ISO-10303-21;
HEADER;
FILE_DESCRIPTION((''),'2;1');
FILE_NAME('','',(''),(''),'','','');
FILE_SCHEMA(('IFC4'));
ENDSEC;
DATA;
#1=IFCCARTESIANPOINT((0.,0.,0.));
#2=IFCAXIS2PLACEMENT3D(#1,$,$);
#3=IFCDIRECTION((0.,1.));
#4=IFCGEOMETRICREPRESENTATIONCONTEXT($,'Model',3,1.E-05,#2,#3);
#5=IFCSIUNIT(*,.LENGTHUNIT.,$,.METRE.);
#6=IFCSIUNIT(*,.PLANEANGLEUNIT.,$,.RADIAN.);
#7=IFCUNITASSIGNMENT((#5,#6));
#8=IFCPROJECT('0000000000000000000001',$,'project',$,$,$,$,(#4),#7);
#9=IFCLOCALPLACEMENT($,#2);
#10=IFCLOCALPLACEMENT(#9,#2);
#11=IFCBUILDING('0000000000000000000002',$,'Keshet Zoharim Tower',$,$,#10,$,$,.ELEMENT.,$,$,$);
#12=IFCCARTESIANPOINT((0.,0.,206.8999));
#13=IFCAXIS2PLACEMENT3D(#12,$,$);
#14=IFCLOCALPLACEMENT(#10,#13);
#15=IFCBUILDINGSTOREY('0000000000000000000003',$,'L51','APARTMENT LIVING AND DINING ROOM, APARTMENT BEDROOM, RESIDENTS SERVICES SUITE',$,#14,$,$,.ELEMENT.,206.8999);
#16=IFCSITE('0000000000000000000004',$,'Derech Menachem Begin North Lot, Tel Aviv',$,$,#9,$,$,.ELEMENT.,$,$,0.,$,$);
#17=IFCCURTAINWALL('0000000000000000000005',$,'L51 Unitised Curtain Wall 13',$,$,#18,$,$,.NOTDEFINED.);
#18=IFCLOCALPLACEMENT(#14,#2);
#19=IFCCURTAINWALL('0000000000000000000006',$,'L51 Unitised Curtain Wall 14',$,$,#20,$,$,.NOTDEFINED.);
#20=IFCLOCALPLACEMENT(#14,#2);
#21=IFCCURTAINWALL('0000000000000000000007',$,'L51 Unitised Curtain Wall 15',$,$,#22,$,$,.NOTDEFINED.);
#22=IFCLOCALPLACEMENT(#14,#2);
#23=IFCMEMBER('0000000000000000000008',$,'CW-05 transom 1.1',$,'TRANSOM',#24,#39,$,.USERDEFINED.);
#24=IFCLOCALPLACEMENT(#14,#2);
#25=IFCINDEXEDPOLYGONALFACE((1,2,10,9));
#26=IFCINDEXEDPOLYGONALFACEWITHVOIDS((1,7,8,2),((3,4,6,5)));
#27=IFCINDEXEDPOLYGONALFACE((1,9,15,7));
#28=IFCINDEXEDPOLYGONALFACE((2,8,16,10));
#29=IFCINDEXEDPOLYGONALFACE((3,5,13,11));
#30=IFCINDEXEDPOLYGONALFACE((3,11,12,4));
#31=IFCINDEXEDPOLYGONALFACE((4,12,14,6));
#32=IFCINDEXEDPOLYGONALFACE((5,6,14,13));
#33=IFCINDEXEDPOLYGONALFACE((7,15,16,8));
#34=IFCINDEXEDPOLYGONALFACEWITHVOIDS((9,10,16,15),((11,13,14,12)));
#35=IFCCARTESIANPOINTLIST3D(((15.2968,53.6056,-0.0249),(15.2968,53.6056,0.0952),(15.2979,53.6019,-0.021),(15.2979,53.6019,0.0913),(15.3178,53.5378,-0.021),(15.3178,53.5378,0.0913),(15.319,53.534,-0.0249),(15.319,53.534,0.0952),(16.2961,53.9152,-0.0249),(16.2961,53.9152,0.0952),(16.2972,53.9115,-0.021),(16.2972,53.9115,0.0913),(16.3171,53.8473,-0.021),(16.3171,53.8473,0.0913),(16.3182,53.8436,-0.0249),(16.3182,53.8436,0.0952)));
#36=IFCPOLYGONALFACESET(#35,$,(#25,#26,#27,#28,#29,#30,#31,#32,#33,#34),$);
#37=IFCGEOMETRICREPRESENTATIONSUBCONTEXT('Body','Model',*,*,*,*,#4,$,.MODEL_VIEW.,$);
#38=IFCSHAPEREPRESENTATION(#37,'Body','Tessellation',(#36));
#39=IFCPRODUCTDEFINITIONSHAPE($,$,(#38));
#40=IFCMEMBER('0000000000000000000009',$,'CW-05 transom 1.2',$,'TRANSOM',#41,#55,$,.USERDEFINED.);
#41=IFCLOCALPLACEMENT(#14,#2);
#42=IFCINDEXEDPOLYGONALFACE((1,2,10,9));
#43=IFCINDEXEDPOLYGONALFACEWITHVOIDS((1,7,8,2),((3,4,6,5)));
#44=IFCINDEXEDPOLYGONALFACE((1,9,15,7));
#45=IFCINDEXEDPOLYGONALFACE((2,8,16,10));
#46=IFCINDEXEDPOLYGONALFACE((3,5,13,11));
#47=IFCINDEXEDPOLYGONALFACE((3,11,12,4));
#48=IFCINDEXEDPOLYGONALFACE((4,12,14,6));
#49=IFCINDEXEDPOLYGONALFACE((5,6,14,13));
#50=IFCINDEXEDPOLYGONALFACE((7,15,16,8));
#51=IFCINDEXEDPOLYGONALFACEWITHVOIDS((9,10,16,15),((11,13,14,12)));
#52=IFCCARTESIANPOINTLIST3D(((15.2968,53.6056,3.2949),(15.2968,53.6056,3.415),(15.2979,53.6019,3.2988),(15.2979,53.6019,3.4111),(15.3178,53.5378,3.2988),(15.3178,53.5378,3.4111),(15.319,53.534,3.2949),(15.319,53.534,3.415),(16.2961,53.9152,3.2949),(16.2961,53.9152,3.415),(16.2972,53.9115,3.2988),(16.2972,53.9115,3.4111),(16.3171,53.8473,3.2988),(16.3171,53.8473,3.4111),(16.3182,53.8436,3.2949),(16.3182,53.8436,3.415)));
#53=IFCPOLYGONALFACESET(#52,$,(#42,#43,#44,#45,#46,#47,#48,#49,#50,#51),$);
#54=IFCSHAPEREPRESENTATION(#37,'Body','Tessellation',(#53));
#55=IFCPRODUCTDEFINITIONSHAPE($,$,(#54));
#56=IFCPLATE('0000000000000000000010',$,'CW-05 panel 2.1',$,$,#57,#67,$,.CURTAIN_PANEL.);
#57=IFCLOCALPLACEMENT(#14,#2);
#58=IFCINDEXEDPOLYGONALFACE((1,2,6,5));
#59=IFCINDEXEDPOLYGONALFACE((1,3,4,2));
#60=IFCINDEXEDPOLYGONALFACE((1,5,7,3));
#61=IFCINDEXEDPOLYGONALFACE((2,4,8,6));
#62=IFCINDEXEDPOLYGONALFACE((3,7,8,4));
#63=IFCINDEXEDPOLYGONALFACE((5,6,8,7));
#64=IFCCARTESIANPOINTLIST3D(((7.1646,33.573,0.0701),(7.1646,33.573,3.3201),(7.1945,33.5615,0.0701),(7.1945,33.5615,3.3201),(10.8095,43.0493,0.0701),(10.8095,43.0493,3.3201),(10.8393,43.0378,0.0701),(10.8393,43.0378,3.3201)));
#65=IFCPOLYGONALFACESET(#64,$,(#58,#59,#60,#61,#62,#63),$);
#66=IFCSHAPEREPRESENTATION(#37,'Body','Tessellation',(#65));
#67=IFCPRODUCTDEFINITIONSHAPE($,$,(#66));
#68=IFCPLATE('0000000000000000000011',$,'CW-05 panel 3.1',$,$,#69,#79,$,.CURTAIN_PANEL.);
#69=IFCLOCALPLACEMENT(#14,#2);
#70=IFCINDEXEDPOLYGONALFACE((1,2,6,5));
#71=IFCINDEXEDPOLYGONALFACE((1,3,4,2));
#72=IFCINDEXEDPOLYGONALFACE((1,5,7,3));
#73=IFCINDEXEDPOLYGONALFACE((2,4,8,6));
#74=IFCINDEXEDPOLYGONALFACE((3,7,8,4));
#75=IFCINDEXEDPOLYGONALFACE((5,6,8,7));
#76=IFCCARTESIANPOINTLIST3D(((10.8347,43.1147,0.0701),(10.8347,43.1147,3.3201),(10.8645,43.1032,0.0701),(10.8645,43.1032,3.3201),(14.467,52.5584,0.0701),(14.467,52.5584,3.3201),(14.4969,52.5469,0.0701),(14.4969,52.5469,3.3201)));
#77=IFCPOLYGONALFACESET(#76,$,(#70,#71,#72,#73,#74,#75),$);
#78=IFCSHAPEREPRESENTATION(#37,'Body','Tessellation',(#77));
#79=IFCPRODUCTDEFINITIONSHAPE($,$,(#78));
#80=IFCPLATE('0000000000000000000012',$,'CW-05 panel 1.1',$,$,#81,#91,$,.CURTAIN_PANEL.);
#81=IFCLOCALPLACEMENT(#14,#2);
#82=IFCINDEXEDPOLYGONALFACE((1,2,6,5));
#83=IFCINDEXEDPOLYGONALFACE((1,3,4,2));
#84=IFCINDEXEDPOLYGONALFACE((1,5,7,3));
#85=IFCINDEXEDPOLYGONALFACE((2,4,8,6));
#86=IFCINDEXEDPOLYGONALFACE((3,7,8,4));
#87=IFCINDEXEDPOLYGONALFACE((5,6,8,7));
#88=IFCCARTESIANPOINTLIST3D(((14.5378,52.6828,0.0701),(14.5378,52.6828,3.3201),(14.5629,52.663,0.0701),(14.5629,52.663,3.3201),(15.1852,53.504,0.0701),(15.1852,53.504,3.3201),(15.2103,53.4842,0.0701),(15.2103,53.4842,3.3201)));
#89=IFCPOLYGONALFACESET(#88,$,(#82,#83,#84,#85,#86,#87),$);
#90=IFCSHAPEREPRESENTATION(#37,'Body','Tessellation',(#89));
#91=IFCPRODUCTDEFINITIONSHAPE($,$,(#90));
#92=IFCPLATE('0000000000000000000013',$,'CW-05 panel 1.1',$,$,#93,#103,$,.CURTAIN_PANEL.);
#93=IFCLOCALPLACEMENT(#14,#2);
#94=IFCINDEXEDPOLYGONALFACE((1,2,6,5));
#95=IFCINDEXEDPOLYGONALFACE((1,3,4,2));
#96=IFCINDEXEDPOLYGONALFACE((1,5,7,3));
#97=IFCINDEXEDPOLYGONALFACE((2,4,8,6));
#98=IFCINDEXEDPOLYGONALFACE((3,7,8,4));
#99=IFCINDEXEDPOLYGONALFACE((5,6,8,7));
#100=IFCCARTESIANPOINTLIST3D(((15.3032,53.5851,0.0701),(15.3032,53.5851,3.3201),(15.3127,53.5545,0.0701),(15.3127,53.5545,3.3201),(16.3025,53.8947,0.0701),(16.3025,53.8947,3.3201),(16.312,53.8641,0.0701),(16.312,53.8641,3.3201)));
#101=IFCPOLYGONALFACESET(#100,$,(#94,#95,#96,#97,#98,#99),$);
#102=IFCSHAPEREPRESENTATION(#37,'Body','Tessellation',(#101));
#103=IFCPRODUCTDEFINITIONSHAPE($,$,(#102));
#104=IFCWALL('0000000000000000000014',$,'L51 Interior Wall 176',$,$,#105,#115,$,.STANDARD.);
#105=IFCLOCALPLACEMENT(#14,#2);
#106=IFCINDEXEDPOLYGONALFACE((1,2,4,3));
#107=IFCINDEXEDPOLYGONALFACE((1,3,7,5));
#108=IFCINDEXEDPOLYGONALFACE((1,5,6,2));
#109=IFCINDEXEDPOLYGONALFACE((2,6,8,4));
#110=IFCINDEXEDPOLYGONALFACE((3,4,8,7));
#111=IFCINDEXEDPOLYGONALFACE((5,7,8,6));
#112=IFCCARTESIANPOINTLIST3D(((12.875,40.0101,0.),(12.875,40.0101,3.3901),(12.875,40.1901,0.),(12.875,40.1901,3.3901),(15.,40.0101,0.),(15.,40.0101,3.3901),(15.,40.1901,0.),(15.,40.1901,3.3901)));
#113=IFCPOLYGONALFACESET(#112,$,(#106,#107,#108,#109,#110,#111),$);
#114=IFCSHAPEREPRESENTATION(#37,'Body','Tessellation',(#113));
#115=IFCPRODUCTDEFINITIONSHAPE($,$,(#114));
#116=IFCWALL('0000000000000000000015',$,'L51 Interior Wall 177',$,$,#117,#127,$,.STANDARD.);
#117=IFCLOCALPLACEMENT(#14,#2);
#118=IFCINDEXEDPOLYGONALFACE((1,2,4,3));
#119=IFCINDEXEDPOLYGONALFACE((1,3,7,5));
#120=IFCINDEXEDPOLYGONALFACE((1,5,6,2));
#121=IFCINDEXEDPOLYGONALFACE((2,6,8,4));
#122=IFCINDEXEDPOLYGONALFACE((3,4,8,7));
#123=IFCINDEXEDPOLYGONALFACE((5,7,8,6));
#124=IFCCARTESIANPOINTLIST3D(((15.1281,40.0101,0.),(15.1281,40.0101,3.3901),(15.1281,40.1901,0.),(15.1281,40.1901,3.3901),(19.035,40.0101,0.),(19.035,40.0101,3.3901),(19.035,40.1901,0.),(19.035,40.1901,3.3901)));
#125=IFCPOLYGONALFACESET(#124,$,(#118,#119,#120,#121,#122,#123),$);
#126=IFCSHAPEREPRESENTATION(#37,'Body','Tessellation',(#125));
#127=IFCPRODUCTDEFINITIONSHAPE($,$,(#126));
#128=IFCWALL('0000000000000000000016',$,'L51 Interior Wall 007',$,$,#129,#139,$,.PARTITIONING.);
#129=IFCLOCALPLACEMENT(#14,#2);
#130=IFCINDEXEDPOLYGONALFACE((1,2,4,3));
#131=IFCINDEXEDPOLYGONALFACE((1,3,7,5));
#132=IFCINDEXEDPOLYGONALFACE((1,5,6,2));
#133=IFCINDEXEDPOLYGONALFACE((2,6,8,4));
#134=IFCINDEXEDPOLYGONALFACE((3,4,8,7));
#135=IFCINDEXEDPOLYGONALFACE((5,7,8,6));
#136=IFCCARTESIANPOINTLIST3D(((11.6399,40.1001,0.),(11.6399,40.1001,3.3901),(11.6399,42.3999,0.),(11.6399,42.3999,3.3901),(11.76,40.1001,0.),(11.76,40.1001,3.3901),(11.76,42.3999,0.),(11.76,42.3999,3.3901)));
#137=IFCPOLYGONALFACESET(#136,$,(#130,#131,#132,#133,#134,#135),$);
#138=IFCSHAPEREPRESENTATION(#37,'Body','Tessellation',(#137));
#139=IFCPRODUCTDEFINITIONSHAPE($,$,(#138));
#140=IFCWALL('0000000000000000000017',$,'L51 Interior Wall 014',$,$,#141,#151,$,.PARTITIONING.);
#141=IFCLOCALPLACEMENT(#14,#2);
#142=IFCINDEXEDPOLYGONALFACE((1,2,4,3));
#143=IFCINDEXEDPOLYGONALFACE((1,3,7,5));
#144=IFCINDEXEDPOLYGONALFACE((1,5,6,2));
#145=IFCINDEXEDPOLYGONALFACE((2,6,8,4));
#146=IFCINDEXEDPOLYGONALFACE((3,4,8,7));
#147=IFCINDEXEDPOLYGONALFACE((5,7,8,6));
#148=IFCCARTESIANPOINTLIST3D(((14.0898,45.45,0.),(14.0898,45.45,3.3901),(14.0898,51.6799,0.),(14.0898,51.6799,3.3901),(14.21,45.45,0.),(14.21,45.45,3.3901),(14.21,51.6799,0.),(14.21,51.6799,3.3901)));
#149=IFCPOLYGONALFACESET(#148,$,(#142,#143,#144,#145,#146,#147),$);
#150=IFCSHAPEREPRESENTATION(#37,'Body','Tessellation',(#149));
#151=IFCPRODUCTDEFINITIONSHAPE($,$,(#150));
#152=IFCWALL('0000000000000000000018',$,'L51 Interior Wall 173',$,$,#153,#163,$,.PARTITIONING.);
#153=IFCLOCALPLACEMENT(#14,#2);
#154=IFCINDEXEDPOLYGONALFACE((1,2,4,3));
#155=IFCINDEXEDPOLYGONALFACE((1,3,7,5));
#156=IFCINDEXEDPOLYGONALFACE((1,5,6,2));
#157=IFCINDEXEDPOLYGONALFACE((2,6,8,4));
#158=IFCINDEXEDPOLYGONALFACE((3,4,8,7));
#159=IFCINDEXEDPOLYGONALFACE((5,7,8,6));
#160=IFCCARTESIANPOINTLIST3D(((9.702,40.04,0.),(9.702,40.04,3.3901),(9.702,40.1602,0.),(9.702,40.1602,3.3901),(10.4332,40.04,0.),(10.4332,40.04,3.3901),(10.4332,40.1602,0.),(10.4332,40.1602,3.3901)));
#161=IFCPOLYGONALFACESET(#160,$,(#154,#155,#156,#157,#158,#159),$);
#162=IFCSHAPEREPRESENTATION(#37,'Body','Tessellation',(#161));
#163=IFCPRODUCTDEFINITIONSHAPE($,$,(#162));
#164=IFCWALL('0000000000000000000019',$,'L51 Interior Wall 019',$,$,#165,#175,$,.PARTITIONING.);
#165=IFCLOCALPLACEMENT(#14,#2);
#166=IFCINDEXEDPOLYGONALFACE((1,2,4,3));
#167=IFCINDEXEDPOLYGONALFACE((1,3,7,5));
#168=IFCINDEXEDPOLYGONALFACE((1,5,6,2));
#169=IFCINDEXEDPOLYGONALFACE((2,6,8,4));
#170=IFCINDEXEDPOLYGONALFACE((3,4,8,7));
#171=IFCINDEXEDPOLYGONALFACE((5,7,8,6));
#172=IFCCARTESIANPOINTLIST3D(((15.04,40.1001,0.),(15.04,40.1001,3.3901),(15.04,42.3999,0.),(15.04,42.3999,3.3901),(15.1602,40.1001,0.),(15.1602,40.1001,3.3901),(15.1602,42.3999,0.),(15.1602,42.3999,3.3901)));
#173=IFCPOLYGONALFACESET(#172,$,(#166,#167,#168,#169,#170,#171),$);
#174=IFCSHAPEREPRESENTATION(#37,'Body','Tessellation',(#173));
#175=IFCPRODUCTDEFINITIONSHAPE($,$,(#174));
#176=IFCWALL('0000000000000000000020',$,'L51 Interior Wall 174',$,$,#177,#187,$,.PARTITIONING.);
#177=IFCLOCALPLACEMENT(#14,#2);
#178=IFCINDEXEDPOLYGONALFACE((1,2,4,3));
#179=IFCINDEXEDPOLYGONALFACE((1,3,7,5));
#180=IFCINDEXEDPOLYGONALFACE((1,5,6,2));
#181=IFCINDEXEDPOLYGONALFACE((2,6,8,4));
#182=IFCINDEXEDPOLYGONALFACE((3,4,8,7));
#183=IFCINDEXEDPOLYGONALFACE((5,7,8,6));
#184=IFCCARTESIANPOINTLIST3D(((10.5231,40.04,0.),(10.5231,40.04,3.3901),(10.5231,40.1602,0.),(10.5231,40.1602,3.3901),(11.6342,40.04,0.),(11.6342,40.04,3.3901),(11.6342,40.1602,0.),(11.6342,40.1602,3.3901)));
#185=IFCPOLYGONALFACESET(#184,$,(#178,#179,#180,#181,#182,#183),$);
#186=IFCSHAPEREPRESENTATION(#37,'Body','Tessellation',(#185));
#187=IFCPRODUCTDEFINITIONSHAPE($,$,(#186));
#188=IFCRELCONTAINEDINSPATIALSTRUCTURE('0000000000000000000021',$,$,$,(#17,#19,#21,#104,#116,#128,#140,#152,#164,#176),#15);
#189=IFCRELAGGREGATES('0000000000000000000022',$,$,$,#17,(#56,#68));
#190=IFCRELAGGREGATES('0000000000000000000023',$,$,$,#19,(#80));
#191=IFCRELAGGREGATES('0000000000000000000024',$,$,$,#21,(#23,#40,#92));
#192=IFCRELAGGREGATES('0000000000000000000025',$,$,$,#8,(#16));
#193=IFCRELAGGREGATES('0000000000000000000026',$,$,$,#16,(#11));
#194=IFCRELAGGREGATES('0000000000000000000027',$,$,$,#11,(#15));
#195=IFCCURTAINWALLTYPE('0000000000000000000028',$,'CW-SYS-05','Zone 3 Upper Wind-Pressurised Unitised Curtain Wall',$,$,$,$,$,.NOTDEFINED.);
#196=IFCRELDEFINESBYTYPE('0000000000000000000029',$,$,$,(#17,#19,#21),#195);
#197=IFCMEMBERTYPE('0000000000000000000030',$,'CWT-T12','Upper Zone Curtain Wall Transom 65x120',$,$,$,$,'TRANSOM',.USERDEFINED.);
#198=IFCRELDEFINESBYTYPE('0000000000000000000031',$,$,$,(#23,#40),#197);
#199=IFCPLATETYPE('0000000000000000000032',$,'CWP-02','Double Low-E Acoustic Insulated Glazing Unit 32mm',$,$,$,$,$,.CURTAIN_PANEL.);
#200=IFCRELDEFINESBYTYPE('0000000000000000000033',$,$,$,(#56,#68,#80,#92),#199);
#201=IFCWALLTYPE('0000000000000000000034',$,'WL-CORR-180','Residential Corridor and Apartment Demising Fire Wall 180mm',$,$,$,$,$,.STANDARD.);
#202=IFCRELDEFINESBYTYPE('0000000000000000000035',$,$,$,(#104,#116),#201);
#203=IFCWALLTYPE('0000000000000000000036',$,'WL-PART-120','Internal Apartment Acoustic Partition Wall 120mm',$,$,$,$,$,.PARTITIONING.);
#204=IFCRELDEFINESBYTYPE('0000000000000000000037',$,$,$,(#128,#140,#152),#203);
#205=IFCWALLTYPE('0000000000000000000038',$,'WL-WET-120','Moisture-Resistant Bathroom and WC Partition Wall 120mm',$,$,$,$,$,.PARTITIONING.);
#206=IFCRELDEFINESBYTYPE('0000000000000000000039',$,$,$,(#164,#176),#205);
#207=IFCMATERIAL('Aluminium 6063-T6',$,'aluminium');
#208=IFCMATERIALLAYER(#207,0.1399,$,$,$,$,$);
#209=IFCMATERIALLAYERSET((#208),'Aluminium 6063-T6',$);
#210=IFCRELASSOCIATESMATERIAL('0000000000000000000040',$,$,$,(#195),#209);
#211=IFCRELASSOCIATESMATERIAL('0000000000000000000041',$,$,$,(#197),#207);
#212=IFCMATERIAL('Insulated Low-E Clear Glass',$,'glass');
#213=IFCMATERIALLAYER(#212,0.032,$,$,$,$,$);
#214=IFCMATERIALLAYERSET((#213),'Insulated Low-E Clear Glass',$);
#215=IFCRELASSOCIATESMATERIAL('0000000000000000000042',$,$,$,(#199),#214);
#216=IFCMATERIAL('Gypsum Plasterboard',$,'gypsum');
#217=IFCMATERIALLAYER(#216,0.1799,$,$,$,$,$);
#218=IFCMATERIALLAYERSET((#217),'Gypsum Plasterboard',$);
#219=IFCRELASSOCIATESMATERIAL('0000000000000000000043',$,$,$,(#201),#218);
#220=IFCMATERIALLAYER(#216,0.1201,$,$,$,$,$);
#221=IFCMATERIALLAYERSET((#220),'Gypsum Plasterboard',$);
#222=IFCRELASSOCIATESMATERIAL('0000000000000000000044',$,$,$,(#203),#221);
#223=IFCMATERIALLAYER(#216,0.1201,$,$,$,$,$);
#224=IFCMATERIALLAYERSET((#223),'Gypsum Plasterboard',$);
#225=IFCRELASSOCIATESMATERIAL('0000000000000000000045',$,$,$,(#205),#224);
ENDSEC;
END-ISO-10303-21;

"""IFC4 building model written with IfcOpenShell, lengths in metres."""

from ifc_helpers import new_model, si_unit, direction, frame, frame_2d, origin, origin_2d, place, context, subcontext, project, spatial, rectangle, hollow_rectangle, extrude, material, layer, layer_set, material_profile, profile_set, type_object, element, aggregate, save


model = new_model("IFC4")

# Units and contexts
model_context = context("Model", 3, precision=1e-05, world=origin(), true_north=direction((0.0, 1.0)))
body_context = subcontext(model_context, "Body", "Model", "MODEL_VIEW")
ifc_project = project(units=[si_unit("LENGTHUNIT", "METRE"), si_unit("PLANEANGLEUNIT", "RADIAN")], contexts=[model_context])

# Site, building, storey
site_placement = place(None, origin())
site = spatial("IfcSite", under=ifc_project, at=site_placement, Name="Derech Menachem Begin North Lot, Tel Aviv", CompositionType="ELEMENT", RefElevation=0.0)
building_placement = place(site_placement, origin())
building = spatial("IfcBuilding", under=site, at=building_placement, Name="Keshet Zoharim Tower", CompositionType="ELEMENT")
storey_placement = place(building_placement, frame((0.0, 0.0, 206.8999)))
storey = spatial("IfcBuildingStorey", under=building, at=storey_placement, Name="L51", Description="APARTMENT LIVING AND DINING ROOM, APARTMENT BEDROOM, RESIDENTS SERVICES SUITE", CompositionType="ELEMENT", Elevation=206.8999)

# Curtain walls
ifc_material_1 = material(Name="Aluminium 6063-T6", Category="aluminium")
ifc_layer_1 = layer(ifc_material_1, 0.1399)
ifc_layer_set_1 = layer_set([ifc_layer_1], Name="Aluminium 6063-T6")
curtain_wall_type = type_object("IfcCurtainWallType", Name="CW-SYS-05", Description="Zone 3 Upper Wind-Pressurised Unitised Curtain Wall", PredefinedType="NOTDEFINED", material=ifc_layer_set_1)
curtain_wall_1_placement = place(storey_placement, origin())
curtain_wall_1 = element("IfcCurtainWall", 1, at=curtain_wall_1_placement, inside=storey, type_object=curtain_wall_type, Name="L51 Unitised Curtain Wall 13", PredefinedType="NOTDEFINED")
curtain_wall_2_placement = place(storey_placement, origin())
curtain_wall_2 = element("IfcCurtainWall", 2, at=curtain_wall_2_placement, inside=storey, type_object=curtain_wall_type, Name="L51 Unitised Curtain Wall 14", PredefinedType="NOTDEFINED")
curtain_wall_3_placement = place(storey_placement, origin())
curtain_wall_3 = element("IfcCurtainWall", 3, at=curtain_wall_3_placement, inside=storey, type_object=curtain_wall_type, Name="L51 Unitised Curtain Wall 15", PredefinedType="NOTDEFINED")

# Members
ifc_material_profile_1 = material_profile(ifc_material_1, hollow_rectangle(XDim=0.075, YDim=0.1201, WallThickness=0.0039, at=origin_2d()), Name="TRN-75x120")
ifc_profile_set_1 = profile_set([ifc_material_profile_1], Name="Aluminium 6063-T6")
member_type_1 = type_object("IfcMemberType", Name="CWT-T12", Description="Upper Zone Curtain Wall Transom 65x120", ElementType="TRANSOM", PredefinedType="USERDEFINED", material=ifc_profile_set_1)
member_1_placement = place(storey_placement, frame((15.3079, 53.5698, 0.0352), z_axis=(0.955212, 0.295922, 0.0), x_axis=(-0.295922, 0.955212, 0.0)))
member_1 = element("IfcMember", 4, at=member_1_placement, type_object=member_type_1, Name="CW-05 transom 1.1", ObjectType="TRANSOM", PredefinedType="USERDEFINED", context=body_context, shape_type="SweptSolid", body=[
    extrude(hollow_rectangle(XDim=0.075, YDim=0.1201, WallThickness=0.0039, at=origin_2d()), origin(), (0.0, 0.0, 1.0), 1.0461),
])
member_2_placement = place(storey_placement, frame((15.3079, 53.5698, 3.355), z_axis=(0.955212, 0.295922, 0.0), x_axis=(-0.295922, 0.955212, 0.0)))
member_2 = element("IfcMember", 5, at=member_2_placement, type_object=member_type_1, Name="CW-05 transom 1.2", ObjectType="TRANSOM", PredefinedType="USERDEFINED", context=body_context, shape_type="SweptSolid", body=[
    extrude(hollow_rectangle(XDim=0.075, YDim=0.1201, WallThickness=0.0039, at=origin_2d()), origin(), (0.0, 0.0, 1.0), 1.0461),
])

# Plates
ifc_material_2 = material(Name="Insulated Low-E Clear Glass", Category="glass")
ifc_layer_2 = layer(ifc_material_2, 0.032)
ifc_layer_set_2 = layer_set([ifc_layer_2], Name="Insulated Low-E Clear Glass")
plate_type = type_object("IfcPlateType", Name="CWP-02", Description="Double Low-E Acoustic Insulated Glazing Unit 32mm", PredefinedType="CURTAIN_PANEL", material=ifc_layer_set_2)
plate_1_placement = place(storey_placement, frame((9.002, 38.3054, 0.0701), z_axis=(0.0, 0.0, 1.0), x_axis=(0.35899, 0.933341, 0.0)))
plate_1 = element("IfcPlate", 6, at=plate_1_placement, type_object=plate_type, Name="CW-05 panel 2.1", PredefinedType="CURTAIN_PANEL", context=body_context, shape_type="SweptSolid", body=[
    extrude(rectangle(XDim=10.1531, YDim=0.032, at=origin_2d()), origin(), (0.0, 0.0, 1.0), 3.25),
])
plate_2_placement = place(storey_placement, frame((12.6658, 47.8308, 0.0701), z_axis=(0.0, 0.0, 1.0), x_axis=(0.35899, 0.933341, 0.0)))
plate_2 = element("IfcPlate", 7, at=plate_2_placement, type_object=plate_type, Name="CW-05 panel 3.1", PredefinedType="CURTAIN_PANEL", context=body_context, shape_type="SweptSolid", body=[
    extrude(rectangle(XDim=10.1182, YDim=0.032, at=origin_2d()), origin(), (0.0, 0.0, 1.0), 3.25),
])
aggregate(curtain_wall_1, [plate_1, plate_2])
plate_3_placement = place(storey_placement, frame((14.874, 53.0835, 0.0701), z_axis=(0.0, 0.0, 1.0), x_axis=(0.619125, 0.785293, 0.0)))
plate_3 = element("IfcPlate", 8, at=plate_3_placement, type_object=plate_type, Name="CW-05 panel 1.1", PredefinedType="CURTAIN_PANEL", context=body_context, shape_type="SweptSolid", body=[
    extrude(rectangle(XDim=1.0457, YDim=0.032, at=origin_2d()), origin(), (0.0, 0.0, 1.0), 3.25),
])
aggregate(curtain_wall_2, [plate_3])
plate_4_placement = place(storey_placement, frame((15.8076, 53.7246, 0.0701), z_axis=(0.0, 0.0, 1.0), x_axis=(0.955212, 0.295922, 0.0)))
plate_4 = element("IfcPlate", 9, at=plate_4_placement, type_object=plate_type, Name="CW-05 panel 1.1", PredefinedType="CURTAIN_PANEL", context=body_context, shape_type="SweptSolid", body=[
    extrude(rectangle(XDim=1.0461, YDim=0.032, at=origin_2d()), origin(), (0.0, 0.0, 1.0), 3.25),
])
aggregate(curtain_wall_3, [member_1, member_2, plate_4])

# Walls
ifc_material_3 = material(Name="Gypsum Plasterboard", Category="gypsum")
ifc_layer_3 = layer(ifc_material_3, 0.1799)
ifc_layer_set_3 = layer_set([ifc_layer_3], Name="Gypsum Plasterboard")
wall_type_1 = type_object("IfcWallType", Name="WL-CORR-180", Description="Residential Corridor and Apartment Demising Fire Wall 180mm", PredefinedType="STANDARD", material=ifc_layer_set_3)
wall_1_placement = place(storey_placement, frame((12.875, 40.1001, 0.0), z_axis=(0.0, 0.0, 1.0), x_axis=(1.0, 0.0, 0.0)))
element("IfcWall", 10, at=wall_1_placement, inside=storey, type_object=wall_type_1, Name="L51 Interior Wall 176", PredefinedType="STANDARD", context=body_context, shape_type="SweptSolid", body=[
    extrude(rectangle(XDim=2.125, YDim=0.1799, at=frame_2d((1.0625, 0.0))), origin(), (0.0, 0.0, 1.0), 3.3901),
])
wall_2_placement = place(storey_placement, frame((15.1279, 40.1001, 0.0), z_axis=(0.0, 0.0, 1.0), x_axis=(1.0, 0.0, 0.0)))
element("IfcWall", 11, at=wall_2_placement, inside=storey, type_object=wall_type_1, Name="L51 Interior Wall 177", PredefinedType="STANDARD", context=body_context, shape_type="SweptSolid", body=[
    extrude(rectangle(XDim=3.907, YDim=0.1799, at=frame_2d((1.9536, 0.0))), origin(), (0.0, 0.0, 1.0), 3.3901),
])
ifc_layer_4 = layer(ifc_material_3, 0.1201)
ifc_layer_set_4 = layer_set([ifc_layer_4], Name="Gypsum Plasterboard")
wall_type_2 = type_object("IfcWallType", Name="WL-PART-120", Description="Internal Apartment Acoustic Partition Wall 120mm", PredefinedType="PARTITIONING", material=ifc_layer_set_4)
wall_3_placement = place(storey_placement, frame((11.7, 40.1001, 0.0), z_axis=(0.0, 0.0, 1.0), x_axis=(0.0, 1.0, 0.0)))
element("IfcWall", 12, at=wall_3_placement, inside=storey, type_object=wall_type_2, Name="L51 Interior Wall 007", PredefinedType="PARTITIONING", context=body_context, shape_type="SweptSolid", body=[
    extrude(rectangle(XDim=2.2998, YDim=0.1201, at=frame_2d((1.1499, 0.0))), origin(), (0.0, 0.0, 1.0), 3.3901),
])
wall_4_placement = place(storey_placement, frame((14.1499, 45.45, 0.0), z_axis=(0.0, 0.0, 1.0), x_axis=(0.0, 1.0, 0.0)))
element("IfcWall", 13, at=wall_4_placement, inside=storey, type_object=wall_type_2, Name="L51 Interior Wall 014", PredefinedType="PARTITIONING", context=body_context, shape_type="SweptSolid", body=[
    extrude(rectangle(XDim=6.23, YDim=0.1201, at=frame_2d((3.115, 0.0))), origin(), (0.0, 0.0, 1.0), 3.3901),
])
wall_5_placement = place(storey_placement, frame((9.7019, 40.1001, 0.0), z_axis=(0.0, 0.0, 1.0), x_axis=(1.0, 0.0, 0.0)))
element("IfcWall", 14, at=wall_5_placement, inside=storey, type_object=wall_type_2, Name="L51 Interior Wall 173", PredefinedType="PARTITIONING", context=body_context, shape_type="SweptSolid", body=[
    extrude(rectangle(XDim=0.7312, YDim=0.1201, at=frame_2d((0.3657, 0.0))), origin(), (0.0, 0.0, 1.0), 3.3901),
])

# Walls
ifc_layer_5 = layer(ifc_material_3, 0.1201)
ifc_layer_set_5 = layer_set([ifc_layer_5], Name="Gypsum Plasterboard")
wall_type_3 = type_object("IfcWallType", Name="WL-WET-120", Description="Moisture-Resistant Bathroom and WC Partition Wall 120mm", PredefinedType="PARTITIONING", material=ifc_layer_set_5)
wall_6_placement = place(storey_placement, frame((15.1001, 40.1001, 0.0), z_axis=(0.0, 0.0, 1.0), x_axis=(0.0, 1.0, 0.0)))
element("IfcWall", 15, at=wall_6_placement, inside=storey, type_object=wall_type_3, Name="L51 Interior Wall 019", PredefinedType="PARTITIONING", context=body_context, shape_type="SweptSolid", body=[
    extrude(rectangle(XDim=2.2998, YDim=0.1201, at=frame_2d((1.1499, 0.0))), origin(), (0.0, 0.0, 1.0), 3.3901),
])
wall_7_placement = place(storey_placement, frame((10.5229, 40.1001, 0.0), z_axis=(0.0, 0.0, 1.0), x_axis=(1.0, 0.0, 0.0)))
element("IfcWall", 16, at=wall_7_placement, inside=storey, type_object=wall_type_3, Name="L51 Interior Wall 174", PredefinedType="PARTITIONING", context=body_context, shape_type="SweptSolid", body=[
    extrude(rectangle(XDim=1.1111, YDim=0.1201, at=frame_2d((0.5557, 0.0))), origin(), (0.0, 0.0, 1.0), 3.3901),
])

save(model, "model.ifc")
